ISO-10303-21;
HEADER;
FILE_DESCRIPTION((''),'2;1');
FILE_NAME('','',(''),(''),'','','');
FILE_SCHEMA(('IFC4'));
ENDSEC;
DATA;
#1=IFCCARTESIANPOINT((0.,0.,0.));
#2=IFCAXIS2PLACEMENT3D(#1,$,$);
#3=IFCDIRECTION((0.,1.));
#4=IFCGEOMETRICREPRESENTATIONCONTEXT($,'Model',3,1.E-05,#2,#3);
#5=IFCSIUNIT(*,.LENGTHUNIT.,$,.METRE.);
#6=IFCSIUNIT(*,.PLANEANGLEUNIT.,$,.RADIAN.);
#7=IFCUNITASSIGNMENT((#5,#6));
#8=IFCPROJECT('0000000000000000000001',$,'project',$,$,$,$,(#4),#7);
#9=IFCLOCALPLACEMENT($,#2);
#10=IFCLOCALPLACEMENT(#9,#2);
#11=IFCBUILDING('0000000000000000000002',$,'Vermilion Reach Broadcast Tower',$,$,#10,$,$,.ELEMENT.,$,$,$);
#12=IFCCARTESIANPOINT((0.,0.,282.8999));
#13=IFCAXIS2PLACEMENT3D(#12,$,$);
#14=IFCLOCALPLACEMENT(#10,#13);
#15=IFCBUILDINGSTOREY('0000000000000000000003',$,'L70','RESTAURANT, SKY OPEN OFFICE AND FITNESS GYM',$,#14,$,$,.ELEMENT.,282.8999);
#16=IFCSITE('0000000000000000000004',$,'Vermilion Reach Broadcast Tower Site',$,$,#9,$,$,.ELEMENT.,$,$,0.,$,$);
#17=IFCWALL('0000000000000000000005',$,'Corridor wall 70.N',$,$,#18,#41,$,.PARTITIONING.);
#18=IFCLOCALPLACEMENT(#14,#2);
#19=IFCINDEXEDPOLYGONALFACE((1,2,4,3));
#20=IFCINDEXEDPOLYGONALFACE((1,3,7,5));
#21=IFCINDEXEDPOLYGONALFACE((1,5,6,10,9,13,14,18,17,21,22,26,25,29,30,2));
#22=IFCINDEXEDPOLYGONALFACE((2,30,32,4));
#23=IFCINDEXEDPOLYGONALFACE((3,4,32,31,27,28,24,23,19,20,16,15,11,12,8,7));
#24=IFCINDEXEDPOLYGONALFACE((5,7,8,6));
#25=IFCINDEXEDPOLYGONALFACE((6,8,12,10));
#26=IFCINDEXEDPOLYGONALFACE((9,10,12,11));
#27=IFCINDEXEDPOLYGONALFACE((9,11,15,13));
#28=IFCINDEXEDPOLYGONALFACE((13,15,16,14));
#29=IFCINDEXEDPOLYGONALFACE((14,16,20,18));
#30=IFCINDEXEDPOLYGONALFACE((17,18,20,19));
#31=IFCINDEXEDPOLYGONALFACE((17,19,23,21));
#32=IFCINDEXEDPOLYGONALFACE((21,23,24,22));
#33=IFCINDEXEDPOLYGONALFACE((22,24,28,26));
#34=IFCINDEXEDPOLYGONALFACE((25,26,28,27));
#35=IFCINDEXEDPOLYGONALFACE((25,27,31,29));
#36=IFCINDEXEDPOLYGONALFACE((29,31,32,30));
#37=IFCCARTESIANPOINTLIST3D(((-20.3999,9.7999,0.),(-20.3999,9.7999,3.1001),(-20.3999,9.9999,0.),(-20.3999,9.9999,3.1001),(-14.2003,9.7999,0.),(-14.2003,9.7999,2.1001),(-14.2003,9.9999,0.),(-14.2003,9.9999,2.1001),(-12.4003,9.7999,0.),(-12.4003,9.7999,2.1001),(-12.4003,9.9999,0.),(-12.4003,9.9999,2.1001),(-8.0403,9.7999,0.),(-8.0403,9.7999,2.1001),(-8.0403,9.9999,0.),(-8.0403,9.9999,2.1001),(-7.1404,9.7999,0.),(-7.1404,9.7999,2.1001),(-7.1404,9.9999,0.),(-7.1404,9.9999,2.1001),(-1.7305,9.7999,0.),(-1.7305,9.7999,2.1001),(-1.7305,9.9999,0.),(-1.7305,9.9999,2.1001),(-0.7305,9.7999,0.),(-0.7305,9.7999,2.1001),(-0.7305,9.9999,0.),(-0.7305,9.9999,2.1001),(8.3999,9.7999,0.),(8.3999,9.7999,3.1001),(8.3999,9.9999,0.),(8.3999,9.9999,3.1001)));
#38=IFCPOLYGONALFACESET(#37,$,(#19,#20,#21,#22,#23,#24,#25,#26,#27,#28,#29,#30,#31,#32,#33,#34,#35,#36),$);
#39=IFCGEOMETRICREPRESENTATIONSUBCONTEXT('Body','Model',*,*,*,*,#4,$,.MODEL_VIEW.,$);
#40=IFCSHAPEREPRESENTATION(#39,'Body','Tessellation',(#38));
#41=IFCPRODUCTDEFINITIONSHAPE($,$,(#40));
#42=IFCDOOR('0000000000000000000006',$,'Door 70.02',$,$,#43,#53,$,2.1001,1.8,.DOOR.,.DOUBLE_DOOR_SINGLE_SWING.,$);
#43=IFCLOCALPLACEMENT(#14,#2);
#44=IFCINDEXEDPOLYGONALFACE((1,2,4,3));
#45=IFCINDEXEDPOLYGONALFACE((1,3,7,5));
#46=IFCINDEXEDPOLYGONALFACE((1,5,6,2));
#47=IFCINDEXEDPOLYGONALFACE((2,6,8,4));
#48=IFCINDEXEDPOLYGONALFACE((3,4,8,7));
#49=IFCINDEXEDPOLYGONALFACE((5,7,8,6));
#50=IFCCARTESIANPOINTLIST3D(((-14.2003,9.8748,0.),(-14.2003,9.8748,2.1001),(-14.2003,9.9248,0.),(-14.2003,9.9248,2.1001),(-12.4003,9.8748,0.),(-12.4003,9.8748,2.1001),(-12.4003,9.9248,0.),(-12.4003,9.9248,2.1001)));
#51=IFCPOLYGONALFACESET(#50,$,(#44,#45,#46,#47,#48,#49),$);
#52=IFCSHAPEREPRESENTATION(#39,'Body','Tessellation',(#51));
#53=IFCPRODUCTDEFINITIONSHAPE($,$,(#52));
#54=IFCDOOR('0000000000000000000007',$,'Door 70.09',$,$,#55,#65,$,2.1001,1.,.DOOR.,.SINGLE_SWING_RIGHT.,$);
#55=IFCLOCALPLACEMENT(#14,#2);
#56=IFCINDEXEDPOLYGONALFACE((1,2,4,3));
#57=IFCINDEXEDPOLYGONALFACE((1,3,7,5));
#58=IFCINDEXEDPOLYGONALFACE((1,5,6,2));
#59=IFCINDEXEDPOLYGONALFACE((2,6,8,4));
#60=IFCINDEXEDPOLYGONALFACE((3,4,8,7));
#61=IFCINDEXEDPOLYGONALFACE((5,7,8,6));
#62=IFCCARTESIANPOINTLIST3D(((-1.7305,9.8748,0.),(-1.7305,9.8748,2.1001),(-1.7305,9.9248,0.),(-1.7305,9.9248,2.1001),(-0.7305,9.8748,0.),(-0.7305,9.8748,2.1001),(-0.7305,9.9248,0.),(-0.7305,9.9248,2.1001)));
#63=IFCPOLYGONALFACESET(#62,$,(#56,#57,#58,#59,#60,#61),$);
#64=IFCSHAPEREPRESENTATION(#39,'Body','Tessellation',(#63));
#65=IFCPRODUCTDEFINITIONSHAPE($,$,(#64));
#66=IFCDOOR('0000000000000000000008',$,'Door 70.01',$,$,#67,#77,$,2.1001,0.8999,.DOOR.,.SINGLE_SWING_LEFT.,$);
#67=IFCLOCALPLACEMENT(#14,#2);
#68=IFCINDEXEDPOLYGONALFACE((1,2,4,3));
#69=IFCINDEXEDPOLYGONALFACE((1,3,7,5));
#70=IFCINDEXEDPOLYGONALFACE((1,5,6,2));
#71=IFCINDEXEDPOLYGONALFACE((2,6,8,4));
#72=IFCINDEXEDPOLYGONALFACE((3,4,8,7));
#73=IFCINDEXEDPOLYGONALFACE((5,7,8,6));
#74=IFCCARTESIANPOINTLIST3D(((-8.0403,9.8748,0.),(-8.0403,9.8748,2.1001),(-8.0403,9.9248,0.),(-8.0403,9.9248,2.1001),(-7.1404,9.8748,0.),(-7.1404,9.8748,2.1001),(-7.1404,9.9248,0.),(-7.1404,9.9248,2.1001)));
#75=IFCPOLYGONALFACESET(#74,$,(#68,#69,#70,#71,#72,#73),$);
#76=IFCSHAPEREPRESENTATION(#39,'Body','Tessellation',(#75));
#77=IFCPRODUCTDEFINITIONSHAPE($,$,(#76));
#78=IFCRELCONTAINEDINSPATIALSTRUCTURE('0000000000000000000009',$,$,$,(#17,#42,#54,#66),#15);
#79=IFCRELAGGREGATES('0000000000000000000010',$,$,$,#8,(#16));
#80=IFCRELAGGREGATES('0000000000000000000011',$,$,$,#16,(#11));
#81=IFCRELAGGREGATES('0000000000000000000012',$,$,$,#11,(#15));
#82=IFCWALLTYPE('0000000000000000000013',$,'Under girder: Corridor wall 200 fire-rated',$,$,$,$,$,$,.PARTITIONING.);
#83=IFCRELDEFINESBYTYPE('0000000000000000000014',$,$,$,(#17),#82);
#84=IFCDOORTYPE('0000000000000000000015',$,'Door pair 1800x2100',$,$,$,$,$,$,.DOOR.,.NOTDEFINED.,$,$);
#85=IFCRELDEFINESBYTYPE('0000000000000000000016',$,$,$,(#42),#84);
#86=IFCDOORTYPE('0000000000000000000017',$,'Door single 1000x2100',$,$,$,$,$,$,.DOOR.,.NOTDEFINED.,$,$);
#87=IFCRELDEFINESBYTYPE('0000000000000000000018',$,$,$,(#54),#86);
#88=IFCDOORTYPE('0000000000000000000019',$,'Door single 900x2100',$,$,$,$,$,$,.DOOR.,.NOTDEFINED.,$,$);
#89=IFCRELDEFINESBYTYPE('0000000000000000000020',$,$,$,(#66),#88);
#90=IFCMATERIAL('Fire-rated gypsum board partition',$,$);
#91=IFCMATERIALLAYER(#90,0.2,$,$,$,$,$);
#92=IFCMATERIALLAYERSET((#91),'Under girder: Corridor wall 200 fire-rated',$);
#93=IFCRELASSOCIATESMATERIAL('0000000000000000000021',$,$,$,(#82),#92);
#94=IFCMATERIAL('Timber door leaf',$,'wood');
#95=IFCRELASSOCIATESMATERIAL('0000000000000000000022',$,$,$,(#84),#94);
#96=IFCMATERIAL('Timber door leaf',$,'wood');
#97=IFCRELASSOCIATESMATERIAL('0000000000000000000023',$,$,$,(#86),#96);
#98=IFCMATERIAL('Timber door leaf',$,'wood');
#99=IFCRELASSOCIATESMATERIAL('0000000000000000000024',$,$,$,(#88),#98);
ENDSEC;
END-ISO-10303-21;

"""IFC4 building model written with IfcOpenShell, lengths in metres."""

from ifc_helpers import new_model, si_unit, direction, frame, frame_2d, origin, place, context, subcontext, project, spatial, rectangle, extrude, material, layer, layer_set, type_object, element, fill, save


model = new_model("IFC4")

# Units and contexts
model_context = context("Model", 3, precision=1e-05, world=origin(), true_north=direction((0.0, 1.0)))
body_context = subcontext(model_context, "Body", "Model", "MODEL_VIEW")
ifc_project = project(units=[si_unit("LENGTHUNIT", "METRE"), si_unit("PLANEANGLEUNIT", "RADIAN")], contexts=[model_context])

# Site, building, storey
site_placement = place(None, origin())
site = spatial("IfcSite", under=ifc_project, at=site_placement, Name="Vermilion Reach Broadcast Tower Site", CompositionType="ELEMENT", RefElevation=0.0)
building_placement = place(site_placement, origin())
building = spatial("IfcBuilding", under=site, at=building_placement, Name="Vermilion Reach Broadcast Tower", CompositionType="ELEMENT")
storey_placement = place(building_placement, frame((0.0, 0.0, 282.8999)))
storey = spatial("IfcBuildingStorey", under=building, at=storey_placement, Name="L70", Description="RESTAURANT, SKY OPEN OFFICE AND FITNESS GYM", CompositionType="ELEMENT", Elevation=282.8999)

# Wall, openings, doors
ifc_material_1 = material(Name="Fire-rated gypsum board partition")
ifc_layer_1 = layer(ifc_material_1, 0.2)
ifc_layer_set_1 = layer_set([ifc_layer_1], Name="Under girder: Corridor wall 200 fire-rated")
wall_type_1 = type_object("IfcWallType", Name="Under girder: Corridor wall 200 fire-rated", PredefinedType="PARTITIONING", material=ifc_layer_set_1)
wall_1_placement = place(storey_placement, frame((-20.3999, 9.8999, 0.0), z_axis=(0.0, 0.0, 1.0), x_axis=(1.0, 0.0, 0.0)))
wall_1 = element("IfcWall", 1, at=wall_1_placement, inside=storey, type_object=wall_type_1, Name="Corridor wall 70.N", PredefinedType="PARTITIONING", context=body_context, shape_type="SweptSolid", body=[
    extrude(rectangle(XDim=28.7998, YDim=0.2, at=frame_2d((14.3999, 0.0))), origin(), (0.0, 0.0, 1.0), 3.1001),
])
opening_1_placement = place(wall_1_placement, frame((12.3596, 0.0, 0.0)))
opening_1 = element("IfcOpeningElement", 2, at=opening_1_placement, cuts=wall_1, PredefinedType="OPENING", context=body_context, shape_type="SweptSolid", body=[
    extrude(rectangle(XDim=0.8999, YDim=2.1001, at=frame_2d((0.45, 1.05))), frame((0.0, 0.1099, 0.0), z_axis=(0.0, -1.0, 0.0), x_axis=(1.0, 0.0, 0.0)), (0.0, 0.0, 1.0), 0.22),
])
opening_2_placement = place(wall_1_placement, frame((6.1997, 0.0, 0.0)))
opening_2 = element("IfcOpeningElement", 3, at=opening_2_placement, cuts=wall_1, PredefinedType="OPENING", context=body_context, shape_type="SweptSolid", body=[
    extrude(rectangle(XDim=1.8, YDim=2.1001, at=frame_2d((0.8999, 1.05))), frame((0.0, 0.1099, 0.0), z_axis=(0.0, -1.0, 0.0), x_axis=(1.0, 0.0, 0.0)), (0.0, 0.0, 1.0), 0.22),
])
opening_3_placement = place(wall_1_placement, frame((18.6694, 0.0, 0.0)))
opening_3 = element("IfcOpeningElement", 4, at=opening_3_placement, cuts=wall_1, PredefinedType="OPENING", context=body_context, shape_type="SweptSolid", body=[
    extrude(rectangle(XDim=1.0, YDim=2.1001, at=frame_2d((0.5, 1.05))), frame((0.0, 0.1099, 0.0), z_axis=(0.0, -1.0, 0.0), x_axis=(1.0, 0.0, 0.0)), (0.0, 0.0, 1.0), 0.22),
])
ifc_material_2 = material(Name="Timber door leaf", Category="wood")
door_type_1 = type_object("IfcDoorType", Name="Door pair 1800x2100", OperationType="NOTDEFINED", PredefinedType="DOOR", material=ifc_material_2)
door_1_placement = place(opening_2_placement, origin())
door_1 = element("IfcDoor", 5, at=door_1_placement, inside=storey, type_object=door_type_1, Name="Door 70.02", OperationType="DOUBLE_DOOR_SINGLE_SWING", OverallHeight=2.1001, OverallWidth=1.8, PredefinedType="DOOR", context=body_context, shape_type="SweptSolid", body=[
    extrude(rectangle(XDim=1.8, YDim=2.1001, at=frame_2d((0.8999, 1.05))), frame((0.0, 0.0249, 0.0), z_axis=(0.0, -1.0, 0.0), x_axis=(1.0, 0.0, 0.0)), (0.0, 0.0, 1.0), 0.05),
])
fill(opening_2, door_1)
ifc_material_3 = material(Name="Timber door leaf", Category="wood")
door_type_2 = type_object("IfcDoorType", Name="Door single 1000x2100", OperationType="NOTDEFINED", PredefinedType="DOOR", material=ifc_material_3)
door_2_placement = place(opening_3_placement, origin())
door_2 = element("IfcDoor", 6, at=door_2_placement, inside=storey, type_object=door_type_2, Name="Door 70.09", OperationType="SINGLE_SWING_RIGHT", OverallHeight=2.1001, OverallWidth=1.0, PredefinedType="DOOR", context=body_context, shape_type="SweptSolid", body=[
    extrude(rectangle(XDim=1.0, YDim=2.1001, at=frame_2d((0.5, 1.05))), frame((0.0, 0.0249, 0.0), z_axis=(0.0, -1.0, 0.0), x_axis=(1.0, 0.0, 0.0)), (0.0, 0.0, 1.0), 0.05),
])
fill(opening_3, door_2)
ifc_material_4 = material(Name="Timber door leaf", Category="wood")
door_type_3 = type_object("IfcDoorType", Name="Door single 900x2100", OperationType="NOTDEFINED", PredefinedType="DOOR", material=ifc_material_4)
door_3_placement = place(opening_1_placement, origin())
door_3 = element("IfcDoor", 7, at=door_3_placement, inside=storey, type_object=door_type_3, Name="Door 70.01", OperationType="SINGLE_SWING_LEFT", OverallHeight=2.1001, OverallWidth=0.8999, PredefinedType="DOOR", context=body_context, shape_type="SweptSolid", body=[
    extrude(rectangle(XDim=0.8999, YDim=2.1001, at=frame_2d((0.45, 1.05))), frame((0.0, 0.0249, 0.0), z_axis=(0.0, -1.0, 0.0), x_axis=(1.0, 0.0, 0.0)), (0.0, 0.0, 1.0), 0.05),
])
fill(opening_1, door_3)

save(model, "model.ifc")
